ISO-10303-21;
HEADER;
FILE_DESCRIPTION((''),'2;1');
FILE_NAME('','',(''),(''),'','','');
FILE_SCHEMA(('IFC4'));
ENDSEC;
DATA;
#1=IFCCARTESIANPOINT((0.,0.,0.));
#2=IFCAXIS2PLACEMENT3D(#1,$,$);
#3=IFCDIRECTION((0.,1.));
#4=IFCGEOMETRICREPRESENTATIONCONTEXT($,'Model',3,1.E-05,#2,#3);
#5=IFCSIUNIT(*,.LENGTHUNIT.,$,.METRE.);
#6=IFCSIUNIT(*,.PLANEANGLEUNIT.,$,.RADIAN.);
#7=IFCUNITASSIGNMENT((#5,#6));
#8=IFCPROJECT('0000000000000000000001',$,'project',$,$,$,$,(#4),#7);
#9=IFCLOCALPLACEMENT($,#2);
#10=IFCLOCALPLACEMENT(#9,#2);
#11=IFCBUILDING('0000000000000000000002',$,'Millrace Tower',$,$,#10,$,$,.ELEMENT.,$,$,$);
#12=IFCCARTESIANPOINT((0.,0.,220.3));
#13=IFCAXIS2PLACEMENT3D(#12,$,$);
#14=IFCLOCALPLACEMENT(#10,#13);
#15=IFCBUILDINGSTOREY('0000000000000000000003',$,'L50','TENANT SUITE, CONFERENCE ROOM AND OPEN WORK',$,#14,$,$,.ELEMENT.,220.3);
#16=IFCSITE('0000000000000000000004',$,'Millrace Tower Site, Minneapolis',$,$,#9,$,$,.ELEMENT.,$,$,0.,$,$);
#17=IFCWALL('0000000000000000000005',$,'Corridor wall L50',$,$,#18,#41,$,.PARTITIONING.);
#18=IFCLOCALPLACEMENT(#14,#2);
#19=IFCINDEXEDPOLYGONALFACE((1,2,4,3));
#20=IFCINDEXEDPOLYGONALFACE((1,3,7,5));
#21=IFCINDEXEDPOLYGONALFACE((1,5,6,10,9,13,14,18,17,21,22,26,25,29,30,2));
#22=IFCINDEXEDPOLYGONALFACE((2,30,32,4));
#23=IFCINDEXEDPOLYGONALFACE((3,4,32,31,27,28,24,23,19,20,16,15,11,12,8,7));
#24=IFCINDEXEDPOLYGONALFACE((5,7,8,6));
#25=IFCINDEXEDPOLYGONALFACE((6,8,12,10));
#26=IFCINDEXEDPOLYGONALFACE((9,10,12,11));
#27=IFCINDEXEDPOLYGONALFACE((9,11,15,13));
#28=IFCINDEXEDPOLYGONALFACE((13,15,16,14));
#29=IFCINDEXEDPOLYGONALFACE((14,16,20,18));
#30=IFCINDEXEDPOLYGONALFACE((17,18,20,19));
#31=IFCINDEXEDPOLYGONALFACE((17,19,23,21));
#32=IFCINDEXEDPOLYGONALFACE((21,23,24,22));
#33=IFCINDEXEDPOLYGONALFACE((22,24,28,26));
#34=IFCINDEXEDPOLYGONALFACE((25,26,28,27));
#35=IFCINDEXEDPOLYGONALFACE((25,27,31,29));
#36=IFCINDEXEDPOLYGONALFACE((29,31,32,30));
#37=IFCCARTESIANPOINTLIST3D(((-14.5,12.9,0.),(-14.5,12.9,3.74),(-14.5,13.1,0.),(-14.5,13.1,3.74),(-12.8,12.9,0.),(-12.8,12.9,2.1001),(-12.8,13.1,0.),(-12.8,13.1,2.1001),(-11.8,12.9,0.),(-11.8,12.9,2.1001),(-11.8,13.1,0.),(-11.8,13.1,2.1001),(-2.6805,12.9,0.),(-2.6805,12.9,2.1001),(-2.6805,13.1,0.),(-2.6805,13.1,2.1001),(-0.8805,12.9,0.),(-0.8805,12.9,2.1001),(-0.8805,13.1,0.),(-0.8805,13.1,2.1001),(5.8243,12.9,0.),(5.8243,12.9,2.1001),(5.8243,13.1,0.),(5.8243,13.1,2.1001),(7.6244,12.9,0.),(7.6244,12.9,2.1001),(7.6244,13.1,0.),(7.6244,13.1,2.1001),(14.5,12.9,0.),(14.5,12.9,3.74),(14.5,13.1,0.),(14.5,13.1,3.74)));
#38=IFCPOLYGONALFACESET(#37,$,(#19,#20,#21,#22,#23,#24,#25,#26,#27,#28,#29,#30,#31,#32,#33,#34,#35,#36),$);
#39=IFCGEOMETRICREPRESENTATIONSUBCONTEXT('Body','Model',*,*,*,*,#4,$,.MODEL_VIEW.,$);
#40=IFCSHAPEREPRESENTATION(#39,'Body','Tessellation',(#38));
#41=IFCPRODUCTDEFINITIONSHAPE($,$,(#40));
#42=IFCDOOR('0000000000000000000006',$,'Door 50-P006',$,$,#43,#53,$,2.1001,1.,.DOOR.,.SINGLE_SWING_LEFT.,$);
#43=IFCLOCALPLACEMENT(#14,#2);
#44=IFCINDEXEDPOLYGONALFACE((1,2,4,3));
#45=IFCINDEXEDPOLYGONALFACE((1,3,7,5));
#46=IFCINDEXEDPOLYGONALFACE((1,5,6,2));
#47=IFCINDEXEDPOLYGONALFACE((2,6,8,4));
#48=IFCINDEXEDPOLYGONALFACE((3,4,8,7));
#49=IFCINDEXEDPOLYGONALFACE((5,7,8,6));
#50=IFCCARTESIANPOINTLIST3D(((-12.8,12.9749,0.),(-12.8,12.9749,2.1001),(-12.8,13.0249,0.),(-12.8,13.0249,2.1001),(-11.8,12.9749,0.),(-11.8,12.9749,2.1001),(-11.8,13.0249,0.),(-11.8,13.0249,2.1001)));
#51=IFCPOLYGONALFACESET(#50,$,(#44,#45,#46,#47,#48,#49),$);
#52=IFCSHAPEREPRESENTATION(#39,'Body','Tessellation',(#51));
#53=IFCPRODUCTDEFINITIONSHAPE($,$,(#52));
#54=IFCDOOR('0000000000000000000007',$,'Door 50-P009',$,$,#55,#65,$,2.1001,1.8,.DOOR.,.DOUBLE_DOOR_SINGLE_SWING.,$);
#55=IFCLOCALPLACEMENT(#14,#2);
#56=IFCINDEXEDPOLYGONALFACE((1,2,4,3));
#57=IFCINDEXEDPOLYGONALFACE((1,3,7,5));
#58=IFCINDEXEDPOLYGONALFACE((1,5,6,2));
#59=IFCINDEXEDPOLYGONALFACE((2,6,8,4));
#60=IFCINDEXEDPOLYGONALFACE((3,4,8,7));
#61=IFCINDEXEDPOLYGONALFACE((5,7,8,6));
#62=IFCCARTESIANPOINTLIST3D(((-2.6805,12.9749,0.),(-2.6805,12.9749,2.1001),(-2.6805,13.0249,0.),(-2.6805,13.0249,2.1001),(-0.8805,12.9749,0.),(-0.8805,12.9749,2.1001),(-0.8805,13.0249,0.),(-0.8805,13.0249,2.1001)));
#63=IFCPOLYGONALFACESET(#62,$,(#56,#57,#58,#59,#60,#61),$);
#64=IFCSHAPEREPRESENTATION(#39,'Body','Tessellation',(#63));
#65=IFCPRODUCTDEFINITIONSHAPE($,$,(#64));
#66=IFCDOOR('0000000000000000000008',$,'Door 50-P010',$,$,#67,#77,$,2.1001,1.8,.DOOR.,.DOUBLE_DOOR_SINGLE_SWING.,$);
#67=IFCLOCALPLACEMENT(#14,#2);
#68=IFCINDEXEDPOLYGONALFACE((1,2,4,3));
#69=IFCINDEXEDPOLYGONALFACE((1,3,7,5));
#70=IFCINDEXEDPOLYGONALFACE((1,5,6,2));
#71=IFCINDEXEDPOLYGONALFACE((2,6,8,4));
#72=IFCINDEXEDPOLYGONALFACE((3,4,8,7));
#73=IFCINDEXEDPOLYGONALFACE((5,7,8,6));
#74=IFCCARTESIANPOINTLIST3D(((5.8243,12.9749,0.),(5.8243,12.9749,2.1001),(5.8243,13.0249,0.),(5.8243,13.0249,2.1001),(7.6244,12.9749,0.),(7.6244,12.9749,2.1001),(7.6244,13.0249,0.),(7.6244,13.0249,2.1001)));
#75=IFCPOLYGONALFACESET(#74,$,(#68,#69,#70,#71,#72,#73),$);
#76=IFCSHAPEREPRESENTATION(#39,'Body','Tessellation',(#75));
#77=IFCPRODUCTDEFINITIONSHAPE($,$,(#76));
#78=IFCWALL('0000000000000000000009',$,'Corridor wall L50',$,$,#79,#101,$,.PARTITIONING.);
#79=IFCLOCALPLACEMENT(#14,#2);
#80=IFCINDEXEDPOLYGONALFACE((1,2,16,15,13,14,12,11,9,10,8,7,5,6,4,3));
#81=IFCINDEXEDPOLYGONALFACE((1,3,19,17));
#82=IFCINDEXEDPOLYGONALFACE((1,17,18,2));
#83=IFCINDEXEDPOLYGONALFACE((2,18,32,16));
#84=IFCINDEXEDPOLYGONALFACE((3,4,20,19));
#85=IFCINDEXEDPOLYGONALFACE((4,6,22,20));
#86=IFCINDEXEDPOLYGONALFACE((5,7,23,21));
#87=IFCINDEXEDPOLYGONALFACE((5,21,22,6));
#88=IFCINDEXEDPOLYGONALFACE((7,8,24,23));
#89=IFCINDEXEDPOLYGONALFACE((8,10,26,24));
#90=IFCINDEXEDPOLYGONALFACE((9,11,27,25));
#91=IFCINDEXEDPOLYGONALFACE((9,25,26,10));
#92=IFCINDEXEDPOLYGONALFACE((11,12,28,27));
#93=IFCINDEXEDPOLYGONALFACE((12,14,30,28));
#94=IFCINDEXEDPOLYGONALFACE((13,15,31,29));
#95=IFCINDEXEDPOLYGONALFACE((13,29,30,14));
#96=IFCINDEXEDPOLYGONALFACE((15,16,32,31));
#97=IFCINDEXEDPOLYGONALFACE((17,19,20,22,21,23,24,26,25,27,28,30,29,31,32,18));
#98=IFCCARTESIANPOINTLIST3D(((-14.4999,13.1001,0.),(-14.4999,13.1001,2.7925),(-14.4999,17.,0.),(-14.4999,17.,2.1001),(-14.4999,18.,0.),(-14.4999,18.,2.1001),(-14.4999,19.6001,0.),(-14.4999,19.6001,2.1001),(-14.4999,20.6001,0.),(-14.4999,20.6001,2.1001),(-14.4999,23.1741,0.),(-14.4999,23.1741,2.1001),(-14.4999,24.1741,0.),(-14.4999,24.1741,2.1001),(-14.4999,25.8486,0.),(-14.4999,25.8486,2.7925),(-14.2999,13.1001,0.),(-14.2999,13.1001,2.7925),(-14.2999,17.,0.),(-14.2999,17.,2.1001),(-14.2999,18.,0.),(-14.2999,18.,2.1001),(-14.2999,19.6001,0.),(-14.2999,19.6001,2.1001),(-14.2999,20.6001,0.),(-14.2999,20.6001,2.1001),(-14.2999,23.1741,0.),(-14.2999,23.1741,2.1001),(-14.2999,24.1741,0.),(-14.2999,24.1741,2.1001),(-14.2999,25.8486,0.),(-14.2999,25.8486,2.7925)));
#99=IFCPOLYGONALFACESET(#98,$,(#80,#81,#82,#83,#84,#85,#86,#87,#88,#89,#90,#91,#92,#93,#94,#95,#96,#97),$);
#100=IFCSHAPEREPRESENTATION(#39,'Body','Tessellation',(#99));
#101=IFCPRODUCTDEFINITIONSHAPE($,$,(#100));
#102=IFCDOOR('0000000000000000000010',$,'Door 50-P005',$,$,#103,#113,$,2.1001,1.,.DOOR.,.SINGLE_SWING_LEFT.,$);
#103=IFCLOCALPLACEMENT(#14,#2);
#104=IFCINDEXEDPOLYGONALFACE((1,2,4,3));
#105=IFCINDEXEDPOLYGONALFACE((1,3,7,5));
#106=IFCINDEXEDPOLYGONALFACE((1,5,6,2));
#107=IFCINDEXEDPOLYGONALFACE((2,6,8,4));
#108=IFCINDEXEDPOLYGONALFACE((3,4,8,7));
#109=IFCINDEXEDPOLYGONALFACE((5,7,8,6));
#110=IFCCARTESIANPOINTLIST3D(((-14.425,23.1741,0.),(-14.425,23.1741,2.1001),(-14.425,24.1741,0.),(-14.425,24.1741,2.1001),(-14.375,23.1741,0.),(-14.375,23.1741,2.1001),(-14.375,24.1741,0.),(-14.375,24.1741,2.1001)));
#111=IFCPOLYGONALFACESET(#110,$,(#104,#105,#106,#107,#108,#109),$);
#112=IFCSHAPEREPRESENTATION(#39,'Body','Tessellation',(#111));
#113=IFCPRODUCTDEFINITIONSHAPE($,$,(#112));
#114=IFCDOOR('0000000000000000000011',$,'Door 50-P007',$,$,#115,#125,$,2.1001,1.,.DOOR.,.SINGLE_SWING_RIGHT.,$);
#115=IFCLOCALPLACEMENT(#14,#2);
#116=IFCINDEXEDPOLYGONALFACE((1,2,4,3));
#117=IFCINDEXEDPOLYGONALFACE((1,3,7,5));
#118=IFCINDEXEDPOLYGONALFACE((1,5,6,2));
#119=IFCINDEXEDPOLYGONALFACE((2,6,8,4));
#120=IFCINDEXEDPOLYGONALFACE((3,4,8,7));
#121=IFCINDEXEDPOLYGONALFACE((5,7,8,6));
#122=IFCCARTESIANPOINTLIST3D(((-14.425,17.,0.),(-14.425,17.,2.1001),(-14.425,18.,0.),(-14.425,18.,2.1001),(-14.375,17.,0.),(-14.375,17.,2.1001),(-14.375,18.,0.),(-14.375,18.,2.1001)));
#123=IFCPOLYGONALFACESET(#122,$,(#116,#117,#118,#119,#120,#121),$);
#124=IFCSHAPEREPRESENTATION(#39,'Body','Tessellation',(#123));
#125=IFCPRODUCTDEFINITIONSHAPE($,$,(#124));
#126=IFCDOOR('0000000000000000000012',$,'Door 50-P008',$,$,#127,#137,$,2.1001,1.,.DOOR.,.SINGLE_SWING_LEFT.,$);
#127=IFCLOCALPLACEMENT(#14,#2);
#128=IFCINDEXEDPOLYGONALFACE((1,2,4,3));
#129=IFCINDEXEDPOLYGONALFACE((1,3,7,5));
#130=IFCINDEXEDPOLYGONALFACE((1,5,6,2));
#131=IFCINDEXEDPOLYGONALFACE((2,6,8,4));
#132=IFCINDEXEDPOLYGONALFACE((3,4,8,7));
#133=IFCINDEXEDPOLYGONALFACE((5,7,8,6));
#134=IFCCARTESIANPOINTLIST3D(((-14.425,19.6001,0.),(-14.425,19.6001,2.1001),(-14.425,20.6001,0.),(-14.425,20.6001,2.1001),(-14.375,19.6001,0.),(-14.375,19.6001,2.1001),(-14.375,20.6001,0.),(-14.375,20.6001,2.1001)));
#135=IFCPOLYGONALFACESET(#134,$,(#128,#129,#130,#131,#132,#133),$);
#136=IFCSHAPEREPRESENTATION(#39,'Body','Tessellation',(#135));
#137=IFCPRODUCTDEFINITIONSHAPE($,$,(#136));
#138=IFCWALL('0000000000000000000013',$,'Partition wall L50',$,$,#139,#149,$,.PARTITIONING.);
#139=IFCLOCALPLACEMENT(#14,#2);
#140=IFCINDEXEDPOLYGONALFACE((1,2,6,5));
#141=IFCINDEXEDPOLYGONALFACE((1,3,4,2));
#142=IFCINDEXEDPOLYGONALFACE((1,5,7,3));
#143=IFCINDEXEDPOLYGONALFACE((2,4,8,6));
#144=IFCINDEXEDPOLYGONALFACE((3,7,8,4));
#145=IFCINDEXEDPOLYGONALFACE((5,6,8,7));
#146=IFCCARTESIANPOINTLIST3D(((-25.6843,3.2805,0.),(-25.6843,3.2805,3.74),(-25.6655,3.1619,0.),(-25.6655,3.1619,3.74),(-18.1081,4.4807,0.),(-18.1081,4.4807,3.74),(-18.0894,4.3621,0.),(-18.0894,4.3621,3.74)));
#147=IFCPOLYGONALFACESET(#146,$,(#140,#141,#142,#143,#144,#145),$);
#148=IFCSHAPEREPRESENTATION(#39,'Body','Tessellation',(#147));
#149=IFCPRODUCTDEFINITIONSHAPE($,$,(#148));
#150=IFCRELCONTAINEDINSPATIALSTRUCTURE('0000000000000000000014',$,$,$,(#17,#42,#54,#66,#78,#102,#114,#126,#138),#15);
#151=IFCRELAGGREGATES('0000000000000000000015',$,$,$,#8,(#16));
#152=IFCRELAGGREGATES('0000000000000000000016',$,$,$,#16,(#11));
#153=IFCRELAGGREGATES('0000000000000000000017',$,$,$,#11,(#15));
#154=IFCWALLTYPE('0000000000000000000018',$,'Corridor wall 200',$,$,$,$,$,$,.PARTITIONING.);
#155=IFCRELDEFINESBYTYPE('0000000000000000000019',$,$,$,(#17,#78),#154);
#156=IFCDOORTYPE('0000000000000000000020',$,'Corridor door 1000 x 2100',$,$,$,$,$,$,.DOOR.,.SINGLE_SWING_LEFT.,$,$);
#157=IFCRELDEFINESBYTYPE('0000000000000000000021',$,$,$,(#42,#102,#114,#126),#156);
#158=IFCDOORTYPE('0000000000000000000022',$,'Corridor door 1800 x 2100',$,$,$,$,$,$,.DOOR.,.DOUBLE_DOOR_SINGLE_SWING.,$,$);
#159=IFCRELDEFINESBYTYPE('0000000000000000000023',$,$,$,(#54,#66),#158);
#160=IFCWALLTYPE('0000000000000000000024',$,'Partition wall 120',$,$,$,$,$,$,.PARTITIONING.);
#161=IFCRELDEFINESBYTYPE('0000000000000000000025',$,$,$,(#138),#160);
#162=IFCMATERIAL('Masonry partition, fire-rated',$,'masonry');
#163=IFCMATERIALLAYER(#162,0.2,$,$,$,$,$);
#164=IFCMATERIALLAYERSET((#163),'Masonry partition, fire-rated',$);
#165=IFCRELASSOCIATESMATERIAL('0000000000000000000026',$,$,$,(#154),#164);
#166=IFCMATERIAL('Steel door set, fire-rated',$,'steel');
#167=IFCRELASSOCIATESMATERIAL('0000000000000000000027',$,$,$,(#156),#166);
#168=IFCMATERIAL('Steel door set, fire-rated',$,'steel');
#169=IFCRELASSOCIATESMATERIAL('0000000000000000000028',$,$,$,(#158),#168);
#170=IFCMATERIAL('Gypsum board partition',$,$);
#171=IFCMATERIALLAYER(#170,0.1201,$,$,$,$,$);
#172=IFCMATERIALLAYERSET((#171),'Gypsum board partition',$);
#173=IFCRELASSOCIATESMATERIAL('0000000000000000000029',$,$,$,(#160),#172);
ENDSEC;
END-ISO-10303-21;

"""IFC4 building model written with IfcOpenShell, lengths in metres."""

from ifc_helpers import new_model, si_unit, direction, frame, frame_2d, origin, place, context, subcontext, project, spatial, rectangle, extrude, material, layer, layer_set, type_object, element, fill, save


model = new_model("IFC4")

# Units and contexts
model_context = context("Model", 3, precision=1e-05, world=origin(), true_north=direction((0.0, 1.0)))
body_context = subcontext(model_context, "Body", "Model", "MODEL_VIEW")
ifc_project = project(units=[si_unit("LENGTHUNIT", "METRE"), si_unit("PLANEANGLEUNIT", "RADIAN")], contexts=[model_context])

# Site, building, storey
site_placement = place(None, origin())
site = spatial("IfcSite", under=ifc_project, at=site_placement, Name="Millrace Tower Site, Minneapolis", CompositionType="ELEMENT", RefElevation=0.0)
building_placement = place(site_placement, origin())
building = spatial("IfcBuilding", under=site, at=building_placement, Name="Millrace Tower", CompositionType="ELEMENT")
storey_placement = place(building_placement, frame((0.0, 0.0, 220.3)))
storey = spatial("IfcBuildingStorey", under=building, at=storey_placement, Name="L50", Description="TENANT SUITE, CONFERENCE ROOM AND OPEN WORK", CompositionType="ELEMENT", Elevation=220.3)

# Walls, openings, doors
ifc_material_1 = material(Name="Masonry partition, fire-rated", Category="masonry")
ifc_layer_1 = layer(ifc_material_1, 0.2)
ifc_layer_set_1 = layer_set([ifc_layer_1], Name="Masonry partition, fire-rated")
wall_type_1 = type_object("IfcWallType", Name="Corridor wall 200", PredefinedType="PARTITIONING", material=ifc_layer_set_1)
wall_1_placement = place(storey_placement, frame((-14.5, 13.0, 0.0), z_axis=(0.0, 0.0, 1.0), x_axis=(1.0, 0.0, 0.0)))
wall_1 = element("IfcWall", 1, at=wall_1_placement, inside=storey, type_object=wall_type_1, Name="Corridor wall L50", PredefinedType="PARTITIONING", context=body_context, shape_type="SweptSolid", body=[
    extrude(rectangle(XDim=29.0, YDim=0.2, at=frame_2d((14.5, 0.0))), origin(), (0.0, 0.0, 1.0), 3.74),
])
opening_1_placement = place(wall_1_placement, frame((1.7, 0.0, 0.0)))
opening_1 = element("IfcOpeningElement", 2, at=opening_1_placement, cuts=wall_1, PredefinedType="OPENING", context=body_context, shape_type="SweptSolid", body=[
    extrude(rectangle(XDim=1.0, YDim=2.1001, at=frame_2d((0.5, 1.05))), frame((0.0, 0.1099, 0.0), z_axis=(0.0, -1.0, 0.0), x_axis=(1.0, 0.0, 0.0)), (0.0, 0.0, 1.0), 0.22),
])
opening_2_placement = place(wall_1_placement, frame((11.8196, 0.0, 0.0)))
opening_2 = element("IfcOpeningElement", 3, at=opening_2_placement, cuts=wall_1, PredefinedType="OPENING", context=body_context, shape_type="SweptSolid", body=[
    extrude(rectangle(XDim=1.8, YDim=2.1001, at=frame_2d((0.8999, 1.05))), frame((0.0, 0.1099, 0.0), z_axis=(0.0, -1.0, 0.0), x_axis=(1.0, 0.0, 0.0)), (0.0, 0.0, 1.0), 0.22),
])
opening_3_placement = place(wall_1_placement, frame((20.3245, 0.0, 0.0)))
opening_3 = element("IfcOpeningElement", 4, at=opening_3_placement, cuts=wall_1, PredefinedType="OPENING", context=body_context, shape_type="SweptSolid", body=[
    extrude(rectangle(XDim=1.8, YDim=2.1001, at=frame_2d((0.8999, 1.05))), frame((0.0, 0.1099, 0.0), z_axis=(0.0, -1.0, 0.0), x_axis=(1.0, 0.0, 0.0)), (0.0, 0.0, 1.0), 0.22),
])
ifc_material_2 = material(Name="Steel door set, fire-rated", Category="steel")
door_type_1 = type_object("IfcDoorType", Name="Corridor door 1000 x 2100", OperationType="SINGLE_SWING_LEFT", PredefinedType="DOOR", material=ifc_material_2)
door_1_placement = place(opening_1_placement, origin())
door_1 = element("IfcDoor", 5, at=door_1_placement, inside=storey, type_object=door_type_1, Name="Door 50-P006", OperationType="SINGLE_SWING_LEFT", OverallHeight=2.1001, OverallWidth=1.0, PredefinedType="DOOR", context=body_context, shape_type="SweptSolid", body=[
    extrude(rectangle(XDim=1.0, YDim=2.1001, at=frame_2d((0.5, 1.05))), frame((0.0, 0.0249, 0.0), z_axis=(0.0, -1.0, 0.0), x_axis=(1.0, 0.0, 0.0)), (0.0, 0.0, 1.0), 0.05),
])
fill(opening_1, door_1)
ifc_material_3 = material(Name="Steel door set, fire-rated", Category="steel")
door_type_2 = type_object("IfcDoorType", Name="Corridor door 1800 x 2100", OperationType="DOUBLE_DOOR_SINGLE_SWING", PredefinedType="DOOR", material=ifc_material_3)
door_2_placement = place(opening_2_placement, origin())
door_2 = element("IfcDoor", 6, at=door_2_placement, inside=storey, type_object=door_type_2, Name="Door 50-P009", OperationType="DOUBLE_DOOR_SINGLE_SWING", OverallHeight=2.1001, OverallWidth=1.8, PredefinedType="DOOR", context=body_context, shape_type="SweptSolid", body=[
    extrude(rectangle(XDim=1.8, YDim=2.1001, at=frame_2d((0.8999, 1.05))), frame((0.0, 0.0249, 0.0), z_axis=(0.0, -1.0, 0.0), x_axis=(1.0, 0.0, 0.0)), (0.0, 0.0, 1.0), 0.05),
])
fill(opening_2, door_2)
door_3_placement = place(opening_3_placement, origin())
door_3 = element("IfcDoor", 7, at=door_3_placement, inside=storey, type_object=door_type_2, Name="Door 50-P010", OperationType="DOUBLE_DOOR_SINGLE_SWING", OverallHeight=2.1001, OverallWidth=1.8, PredefinedType="DOOR", context=body_context, shape_type="SweptSolid", body=[
    extrude(rectangle(XDim=1.8, YDim=2.1001, at=frame_2d((0.8999, 1.05))), frame((0.0, 0.0249, 0.0), z_axis=(0.0, -1.0, 0.0), x_axis=(1.0, 0.0, 0.0)), (0.0, 0.0, 1.0), 0.05),
])
fill(opening_3, door_3)
wall_2_placement = place(storey_placement, frame((-14.3999, 13.1001, 0.0), z_axis=(0.0, 0.0, 1.0), x_axis=(0.0, 1.0, 0.0)))
wall_2 = element("IfcWall", 8, at=wall_2_placement, inside=storey, type_object=wall_type_1, Name="Corridor wall L50", PredefinedType="PARTITIONING", context=body_context, shape_type="SweptSolid", body=[
    extrude(rectangle(XDim=12.7485, YDim=0.2, at=frame_2d((6.3743, 0.0))), origin(), (0.0, 0.0, 1.0), 2.7925),
])
opening_4_placement = place(wall_2_placement, frame((10.074, 0.0, 0.0)))
opening_4 = element("IfcOpeningElement", 9, at=opening_4_placement, cuts=wall_2, PredefinedType="OPENING", context=body_context, shape_type="SweptSolid", body=[
    extrude(rectangle(XDim=1.0, YDim=2.1001, at=frame_2d((0.5, 1.05))), frame((0.0, 0.1099, 0.0), z_axis=(0.0, -1.0, 0.0), x_axis=(1.0, 0.0, 0.0)), (0.0, 0.0, 1.0), 0.22),
])
opening_5_placement = place(wall_2_placement, frame((3.8999, 0.0, 0.0)))
opening_5 = element("IfcOpeningElement", 10, at=opening_5_placement, cuts=wall_2, PredefinedType="OPENING", context=body_context, shape_type="SweptSolid", body=[
    extrude(rectangle(XDim=1.0, YDim=2.1001, at=frame_2d((0.5, 1.05))), frame((0.0, 0.1099, 0.0), z_axis=(0.0, -1.0, 0.0), x_axis=(1.0, 0.0, 0.0)), (0.0, 0.0, 1.0), 0.22),
])
opening_6_placement = place(wall_2_placement, frame((6.5, 0.0, 0.0)))
opening_6 = element("IfcOpeningElement", 11, at=opening_6_placement, cuts=wall_2, PredefinedType="OPENING", context=body_context, shape_type="SweptSolid", body=[
    extrude(rectangle(XDim=1.0, YDim=2.1001, at=frame_2d((0.5, 1.05))), frame((0.0, 0.1099, 0.0), z_axis=(0.0, -1.0, 0.0), x_axis=(1.0, 0.0, 0.0)), (0.0, 0.0, 1.0), 0.22),
])
door_4_placement = place(opening_4_placement, frame((1.0, 0.0, 0.0), z_axis=(0.0, 0.0, 1.0), x_axis=(-1.0, 0.0, 0.0)))
door_4 = element("IfcDoor", 12, at=door_4_placement, inside=storey, type_object=door_type_1, Name="Door 50-P005", OperationType="SINGLE_SWING_LEFT", OverallHeight=2.1001, OverallWidth=1.0, PredefinedType="DOOR", context=body_context, shape_type="SweptSolid", body=[
    extrude(rectangle(XDim=1.0, YDim=2.1001, at=frame_2d((0.5, 1.05))), frame((0.0, 0.0249, 0.0), z_axis=(0.0, -1.0, 0.0), x_axis=(1.0, 0.0, 0.0)), (0.0, 0.0, 1.0), 0.05),
])
fill(opening_4, door_4)
door_5_placement = place(opening_5_placement, frame((1.0, 0.0, 0.0), z_axis=(0.0, 0.0, 1.0), x_axis=(-1.0, 0.0, 0.0)))
door_5 = element("IfcDoor", 13, at=door_5_placement, inside=storey, type_object=door_type_1, Name="Door 50-P007", OperationType="SINGLE_SWING_RIGHT", OverallHeight=2.1001, OverallWidth=1.0, PredefinedType="DOOR", context=body_context, shape_type="SweptSolid", body=[
    extrude(rectangle(XDim=1.0, YDim=2.1001, at=frame_2d((0.5, 1.05))), frame((0.0, 0.0249, 0.0), z_axis=(0.0, -1.0, 0.0), x_axis=(1.0, 0.0, 0.0)), (0.0, 0.0, 1.0), 0.05),
])
fill(opening_5, door_5)
door_6_placement = place(opening_6_placement, frame((1.0, 0.0, 0.0), z_axis=(0.0, 0.0, 1.0), x_axis=(-1.0, 0.0, 0.0)))
door_6 = element("IfcDoor", 14, at=door_6_placement, inside=storey, type_object=door_type_1, Name="Door 50-P008", OperationType="SINGLE_SWING_LEFT", OverallHeight=2.1001, OverallWidth=1.0, PredefinedType="DOOR", context=body_context, shape_type="SweptSolid", body=[
    extrude(rectangle(XDim=1.0, YDim=2.1001, at=frame_2d((0.5, 1.05))), frame((0.0, 0.0249, 0.0), z_axis=(0.0, -1.0, 0.0), x_axis=(1.0, 0.0, 0.0)), (0.0, 0.0, 1.0), 0.05),
])
fill(opening_6, door_6)

# Wall
ifc_material_4 = material(Name="Gypsum board partition")
ifc_layer_2 = layer(ifc_material_4, 0.1201)
ifc_layer_set_2 = layer_set([ifc_layer_2], Name="Gypsum board partition")
wall_type_2 = type_object("IfcWallType", Name="Partition wall 120", PredefinedType="PARTITIONING", material=ifc_layer_set_2)
wall_3_placement = place(storey_placement, frame((-25.675, 3.2212, 0.0), z_axis=(0.0, 0.0, 1.0), x_axis=(0.987683, 0.156466, 0.0)))
element("IfcWall", 15, at=wall_3_placement, inside=storey, type_object=wall_type_2, Name="Partition wall L50", PredefinedType="PARTITIONING", context=body_context, shape_type="SweptSolid", body=[
    extrude(rectangle(XDim=7.6707, YDim=0.1201, at=frame_2d((3.8354, 0.0))), origin(), (0.0, 0.0, 1.0), 3.74),
])

save(model, "model.ifc")
